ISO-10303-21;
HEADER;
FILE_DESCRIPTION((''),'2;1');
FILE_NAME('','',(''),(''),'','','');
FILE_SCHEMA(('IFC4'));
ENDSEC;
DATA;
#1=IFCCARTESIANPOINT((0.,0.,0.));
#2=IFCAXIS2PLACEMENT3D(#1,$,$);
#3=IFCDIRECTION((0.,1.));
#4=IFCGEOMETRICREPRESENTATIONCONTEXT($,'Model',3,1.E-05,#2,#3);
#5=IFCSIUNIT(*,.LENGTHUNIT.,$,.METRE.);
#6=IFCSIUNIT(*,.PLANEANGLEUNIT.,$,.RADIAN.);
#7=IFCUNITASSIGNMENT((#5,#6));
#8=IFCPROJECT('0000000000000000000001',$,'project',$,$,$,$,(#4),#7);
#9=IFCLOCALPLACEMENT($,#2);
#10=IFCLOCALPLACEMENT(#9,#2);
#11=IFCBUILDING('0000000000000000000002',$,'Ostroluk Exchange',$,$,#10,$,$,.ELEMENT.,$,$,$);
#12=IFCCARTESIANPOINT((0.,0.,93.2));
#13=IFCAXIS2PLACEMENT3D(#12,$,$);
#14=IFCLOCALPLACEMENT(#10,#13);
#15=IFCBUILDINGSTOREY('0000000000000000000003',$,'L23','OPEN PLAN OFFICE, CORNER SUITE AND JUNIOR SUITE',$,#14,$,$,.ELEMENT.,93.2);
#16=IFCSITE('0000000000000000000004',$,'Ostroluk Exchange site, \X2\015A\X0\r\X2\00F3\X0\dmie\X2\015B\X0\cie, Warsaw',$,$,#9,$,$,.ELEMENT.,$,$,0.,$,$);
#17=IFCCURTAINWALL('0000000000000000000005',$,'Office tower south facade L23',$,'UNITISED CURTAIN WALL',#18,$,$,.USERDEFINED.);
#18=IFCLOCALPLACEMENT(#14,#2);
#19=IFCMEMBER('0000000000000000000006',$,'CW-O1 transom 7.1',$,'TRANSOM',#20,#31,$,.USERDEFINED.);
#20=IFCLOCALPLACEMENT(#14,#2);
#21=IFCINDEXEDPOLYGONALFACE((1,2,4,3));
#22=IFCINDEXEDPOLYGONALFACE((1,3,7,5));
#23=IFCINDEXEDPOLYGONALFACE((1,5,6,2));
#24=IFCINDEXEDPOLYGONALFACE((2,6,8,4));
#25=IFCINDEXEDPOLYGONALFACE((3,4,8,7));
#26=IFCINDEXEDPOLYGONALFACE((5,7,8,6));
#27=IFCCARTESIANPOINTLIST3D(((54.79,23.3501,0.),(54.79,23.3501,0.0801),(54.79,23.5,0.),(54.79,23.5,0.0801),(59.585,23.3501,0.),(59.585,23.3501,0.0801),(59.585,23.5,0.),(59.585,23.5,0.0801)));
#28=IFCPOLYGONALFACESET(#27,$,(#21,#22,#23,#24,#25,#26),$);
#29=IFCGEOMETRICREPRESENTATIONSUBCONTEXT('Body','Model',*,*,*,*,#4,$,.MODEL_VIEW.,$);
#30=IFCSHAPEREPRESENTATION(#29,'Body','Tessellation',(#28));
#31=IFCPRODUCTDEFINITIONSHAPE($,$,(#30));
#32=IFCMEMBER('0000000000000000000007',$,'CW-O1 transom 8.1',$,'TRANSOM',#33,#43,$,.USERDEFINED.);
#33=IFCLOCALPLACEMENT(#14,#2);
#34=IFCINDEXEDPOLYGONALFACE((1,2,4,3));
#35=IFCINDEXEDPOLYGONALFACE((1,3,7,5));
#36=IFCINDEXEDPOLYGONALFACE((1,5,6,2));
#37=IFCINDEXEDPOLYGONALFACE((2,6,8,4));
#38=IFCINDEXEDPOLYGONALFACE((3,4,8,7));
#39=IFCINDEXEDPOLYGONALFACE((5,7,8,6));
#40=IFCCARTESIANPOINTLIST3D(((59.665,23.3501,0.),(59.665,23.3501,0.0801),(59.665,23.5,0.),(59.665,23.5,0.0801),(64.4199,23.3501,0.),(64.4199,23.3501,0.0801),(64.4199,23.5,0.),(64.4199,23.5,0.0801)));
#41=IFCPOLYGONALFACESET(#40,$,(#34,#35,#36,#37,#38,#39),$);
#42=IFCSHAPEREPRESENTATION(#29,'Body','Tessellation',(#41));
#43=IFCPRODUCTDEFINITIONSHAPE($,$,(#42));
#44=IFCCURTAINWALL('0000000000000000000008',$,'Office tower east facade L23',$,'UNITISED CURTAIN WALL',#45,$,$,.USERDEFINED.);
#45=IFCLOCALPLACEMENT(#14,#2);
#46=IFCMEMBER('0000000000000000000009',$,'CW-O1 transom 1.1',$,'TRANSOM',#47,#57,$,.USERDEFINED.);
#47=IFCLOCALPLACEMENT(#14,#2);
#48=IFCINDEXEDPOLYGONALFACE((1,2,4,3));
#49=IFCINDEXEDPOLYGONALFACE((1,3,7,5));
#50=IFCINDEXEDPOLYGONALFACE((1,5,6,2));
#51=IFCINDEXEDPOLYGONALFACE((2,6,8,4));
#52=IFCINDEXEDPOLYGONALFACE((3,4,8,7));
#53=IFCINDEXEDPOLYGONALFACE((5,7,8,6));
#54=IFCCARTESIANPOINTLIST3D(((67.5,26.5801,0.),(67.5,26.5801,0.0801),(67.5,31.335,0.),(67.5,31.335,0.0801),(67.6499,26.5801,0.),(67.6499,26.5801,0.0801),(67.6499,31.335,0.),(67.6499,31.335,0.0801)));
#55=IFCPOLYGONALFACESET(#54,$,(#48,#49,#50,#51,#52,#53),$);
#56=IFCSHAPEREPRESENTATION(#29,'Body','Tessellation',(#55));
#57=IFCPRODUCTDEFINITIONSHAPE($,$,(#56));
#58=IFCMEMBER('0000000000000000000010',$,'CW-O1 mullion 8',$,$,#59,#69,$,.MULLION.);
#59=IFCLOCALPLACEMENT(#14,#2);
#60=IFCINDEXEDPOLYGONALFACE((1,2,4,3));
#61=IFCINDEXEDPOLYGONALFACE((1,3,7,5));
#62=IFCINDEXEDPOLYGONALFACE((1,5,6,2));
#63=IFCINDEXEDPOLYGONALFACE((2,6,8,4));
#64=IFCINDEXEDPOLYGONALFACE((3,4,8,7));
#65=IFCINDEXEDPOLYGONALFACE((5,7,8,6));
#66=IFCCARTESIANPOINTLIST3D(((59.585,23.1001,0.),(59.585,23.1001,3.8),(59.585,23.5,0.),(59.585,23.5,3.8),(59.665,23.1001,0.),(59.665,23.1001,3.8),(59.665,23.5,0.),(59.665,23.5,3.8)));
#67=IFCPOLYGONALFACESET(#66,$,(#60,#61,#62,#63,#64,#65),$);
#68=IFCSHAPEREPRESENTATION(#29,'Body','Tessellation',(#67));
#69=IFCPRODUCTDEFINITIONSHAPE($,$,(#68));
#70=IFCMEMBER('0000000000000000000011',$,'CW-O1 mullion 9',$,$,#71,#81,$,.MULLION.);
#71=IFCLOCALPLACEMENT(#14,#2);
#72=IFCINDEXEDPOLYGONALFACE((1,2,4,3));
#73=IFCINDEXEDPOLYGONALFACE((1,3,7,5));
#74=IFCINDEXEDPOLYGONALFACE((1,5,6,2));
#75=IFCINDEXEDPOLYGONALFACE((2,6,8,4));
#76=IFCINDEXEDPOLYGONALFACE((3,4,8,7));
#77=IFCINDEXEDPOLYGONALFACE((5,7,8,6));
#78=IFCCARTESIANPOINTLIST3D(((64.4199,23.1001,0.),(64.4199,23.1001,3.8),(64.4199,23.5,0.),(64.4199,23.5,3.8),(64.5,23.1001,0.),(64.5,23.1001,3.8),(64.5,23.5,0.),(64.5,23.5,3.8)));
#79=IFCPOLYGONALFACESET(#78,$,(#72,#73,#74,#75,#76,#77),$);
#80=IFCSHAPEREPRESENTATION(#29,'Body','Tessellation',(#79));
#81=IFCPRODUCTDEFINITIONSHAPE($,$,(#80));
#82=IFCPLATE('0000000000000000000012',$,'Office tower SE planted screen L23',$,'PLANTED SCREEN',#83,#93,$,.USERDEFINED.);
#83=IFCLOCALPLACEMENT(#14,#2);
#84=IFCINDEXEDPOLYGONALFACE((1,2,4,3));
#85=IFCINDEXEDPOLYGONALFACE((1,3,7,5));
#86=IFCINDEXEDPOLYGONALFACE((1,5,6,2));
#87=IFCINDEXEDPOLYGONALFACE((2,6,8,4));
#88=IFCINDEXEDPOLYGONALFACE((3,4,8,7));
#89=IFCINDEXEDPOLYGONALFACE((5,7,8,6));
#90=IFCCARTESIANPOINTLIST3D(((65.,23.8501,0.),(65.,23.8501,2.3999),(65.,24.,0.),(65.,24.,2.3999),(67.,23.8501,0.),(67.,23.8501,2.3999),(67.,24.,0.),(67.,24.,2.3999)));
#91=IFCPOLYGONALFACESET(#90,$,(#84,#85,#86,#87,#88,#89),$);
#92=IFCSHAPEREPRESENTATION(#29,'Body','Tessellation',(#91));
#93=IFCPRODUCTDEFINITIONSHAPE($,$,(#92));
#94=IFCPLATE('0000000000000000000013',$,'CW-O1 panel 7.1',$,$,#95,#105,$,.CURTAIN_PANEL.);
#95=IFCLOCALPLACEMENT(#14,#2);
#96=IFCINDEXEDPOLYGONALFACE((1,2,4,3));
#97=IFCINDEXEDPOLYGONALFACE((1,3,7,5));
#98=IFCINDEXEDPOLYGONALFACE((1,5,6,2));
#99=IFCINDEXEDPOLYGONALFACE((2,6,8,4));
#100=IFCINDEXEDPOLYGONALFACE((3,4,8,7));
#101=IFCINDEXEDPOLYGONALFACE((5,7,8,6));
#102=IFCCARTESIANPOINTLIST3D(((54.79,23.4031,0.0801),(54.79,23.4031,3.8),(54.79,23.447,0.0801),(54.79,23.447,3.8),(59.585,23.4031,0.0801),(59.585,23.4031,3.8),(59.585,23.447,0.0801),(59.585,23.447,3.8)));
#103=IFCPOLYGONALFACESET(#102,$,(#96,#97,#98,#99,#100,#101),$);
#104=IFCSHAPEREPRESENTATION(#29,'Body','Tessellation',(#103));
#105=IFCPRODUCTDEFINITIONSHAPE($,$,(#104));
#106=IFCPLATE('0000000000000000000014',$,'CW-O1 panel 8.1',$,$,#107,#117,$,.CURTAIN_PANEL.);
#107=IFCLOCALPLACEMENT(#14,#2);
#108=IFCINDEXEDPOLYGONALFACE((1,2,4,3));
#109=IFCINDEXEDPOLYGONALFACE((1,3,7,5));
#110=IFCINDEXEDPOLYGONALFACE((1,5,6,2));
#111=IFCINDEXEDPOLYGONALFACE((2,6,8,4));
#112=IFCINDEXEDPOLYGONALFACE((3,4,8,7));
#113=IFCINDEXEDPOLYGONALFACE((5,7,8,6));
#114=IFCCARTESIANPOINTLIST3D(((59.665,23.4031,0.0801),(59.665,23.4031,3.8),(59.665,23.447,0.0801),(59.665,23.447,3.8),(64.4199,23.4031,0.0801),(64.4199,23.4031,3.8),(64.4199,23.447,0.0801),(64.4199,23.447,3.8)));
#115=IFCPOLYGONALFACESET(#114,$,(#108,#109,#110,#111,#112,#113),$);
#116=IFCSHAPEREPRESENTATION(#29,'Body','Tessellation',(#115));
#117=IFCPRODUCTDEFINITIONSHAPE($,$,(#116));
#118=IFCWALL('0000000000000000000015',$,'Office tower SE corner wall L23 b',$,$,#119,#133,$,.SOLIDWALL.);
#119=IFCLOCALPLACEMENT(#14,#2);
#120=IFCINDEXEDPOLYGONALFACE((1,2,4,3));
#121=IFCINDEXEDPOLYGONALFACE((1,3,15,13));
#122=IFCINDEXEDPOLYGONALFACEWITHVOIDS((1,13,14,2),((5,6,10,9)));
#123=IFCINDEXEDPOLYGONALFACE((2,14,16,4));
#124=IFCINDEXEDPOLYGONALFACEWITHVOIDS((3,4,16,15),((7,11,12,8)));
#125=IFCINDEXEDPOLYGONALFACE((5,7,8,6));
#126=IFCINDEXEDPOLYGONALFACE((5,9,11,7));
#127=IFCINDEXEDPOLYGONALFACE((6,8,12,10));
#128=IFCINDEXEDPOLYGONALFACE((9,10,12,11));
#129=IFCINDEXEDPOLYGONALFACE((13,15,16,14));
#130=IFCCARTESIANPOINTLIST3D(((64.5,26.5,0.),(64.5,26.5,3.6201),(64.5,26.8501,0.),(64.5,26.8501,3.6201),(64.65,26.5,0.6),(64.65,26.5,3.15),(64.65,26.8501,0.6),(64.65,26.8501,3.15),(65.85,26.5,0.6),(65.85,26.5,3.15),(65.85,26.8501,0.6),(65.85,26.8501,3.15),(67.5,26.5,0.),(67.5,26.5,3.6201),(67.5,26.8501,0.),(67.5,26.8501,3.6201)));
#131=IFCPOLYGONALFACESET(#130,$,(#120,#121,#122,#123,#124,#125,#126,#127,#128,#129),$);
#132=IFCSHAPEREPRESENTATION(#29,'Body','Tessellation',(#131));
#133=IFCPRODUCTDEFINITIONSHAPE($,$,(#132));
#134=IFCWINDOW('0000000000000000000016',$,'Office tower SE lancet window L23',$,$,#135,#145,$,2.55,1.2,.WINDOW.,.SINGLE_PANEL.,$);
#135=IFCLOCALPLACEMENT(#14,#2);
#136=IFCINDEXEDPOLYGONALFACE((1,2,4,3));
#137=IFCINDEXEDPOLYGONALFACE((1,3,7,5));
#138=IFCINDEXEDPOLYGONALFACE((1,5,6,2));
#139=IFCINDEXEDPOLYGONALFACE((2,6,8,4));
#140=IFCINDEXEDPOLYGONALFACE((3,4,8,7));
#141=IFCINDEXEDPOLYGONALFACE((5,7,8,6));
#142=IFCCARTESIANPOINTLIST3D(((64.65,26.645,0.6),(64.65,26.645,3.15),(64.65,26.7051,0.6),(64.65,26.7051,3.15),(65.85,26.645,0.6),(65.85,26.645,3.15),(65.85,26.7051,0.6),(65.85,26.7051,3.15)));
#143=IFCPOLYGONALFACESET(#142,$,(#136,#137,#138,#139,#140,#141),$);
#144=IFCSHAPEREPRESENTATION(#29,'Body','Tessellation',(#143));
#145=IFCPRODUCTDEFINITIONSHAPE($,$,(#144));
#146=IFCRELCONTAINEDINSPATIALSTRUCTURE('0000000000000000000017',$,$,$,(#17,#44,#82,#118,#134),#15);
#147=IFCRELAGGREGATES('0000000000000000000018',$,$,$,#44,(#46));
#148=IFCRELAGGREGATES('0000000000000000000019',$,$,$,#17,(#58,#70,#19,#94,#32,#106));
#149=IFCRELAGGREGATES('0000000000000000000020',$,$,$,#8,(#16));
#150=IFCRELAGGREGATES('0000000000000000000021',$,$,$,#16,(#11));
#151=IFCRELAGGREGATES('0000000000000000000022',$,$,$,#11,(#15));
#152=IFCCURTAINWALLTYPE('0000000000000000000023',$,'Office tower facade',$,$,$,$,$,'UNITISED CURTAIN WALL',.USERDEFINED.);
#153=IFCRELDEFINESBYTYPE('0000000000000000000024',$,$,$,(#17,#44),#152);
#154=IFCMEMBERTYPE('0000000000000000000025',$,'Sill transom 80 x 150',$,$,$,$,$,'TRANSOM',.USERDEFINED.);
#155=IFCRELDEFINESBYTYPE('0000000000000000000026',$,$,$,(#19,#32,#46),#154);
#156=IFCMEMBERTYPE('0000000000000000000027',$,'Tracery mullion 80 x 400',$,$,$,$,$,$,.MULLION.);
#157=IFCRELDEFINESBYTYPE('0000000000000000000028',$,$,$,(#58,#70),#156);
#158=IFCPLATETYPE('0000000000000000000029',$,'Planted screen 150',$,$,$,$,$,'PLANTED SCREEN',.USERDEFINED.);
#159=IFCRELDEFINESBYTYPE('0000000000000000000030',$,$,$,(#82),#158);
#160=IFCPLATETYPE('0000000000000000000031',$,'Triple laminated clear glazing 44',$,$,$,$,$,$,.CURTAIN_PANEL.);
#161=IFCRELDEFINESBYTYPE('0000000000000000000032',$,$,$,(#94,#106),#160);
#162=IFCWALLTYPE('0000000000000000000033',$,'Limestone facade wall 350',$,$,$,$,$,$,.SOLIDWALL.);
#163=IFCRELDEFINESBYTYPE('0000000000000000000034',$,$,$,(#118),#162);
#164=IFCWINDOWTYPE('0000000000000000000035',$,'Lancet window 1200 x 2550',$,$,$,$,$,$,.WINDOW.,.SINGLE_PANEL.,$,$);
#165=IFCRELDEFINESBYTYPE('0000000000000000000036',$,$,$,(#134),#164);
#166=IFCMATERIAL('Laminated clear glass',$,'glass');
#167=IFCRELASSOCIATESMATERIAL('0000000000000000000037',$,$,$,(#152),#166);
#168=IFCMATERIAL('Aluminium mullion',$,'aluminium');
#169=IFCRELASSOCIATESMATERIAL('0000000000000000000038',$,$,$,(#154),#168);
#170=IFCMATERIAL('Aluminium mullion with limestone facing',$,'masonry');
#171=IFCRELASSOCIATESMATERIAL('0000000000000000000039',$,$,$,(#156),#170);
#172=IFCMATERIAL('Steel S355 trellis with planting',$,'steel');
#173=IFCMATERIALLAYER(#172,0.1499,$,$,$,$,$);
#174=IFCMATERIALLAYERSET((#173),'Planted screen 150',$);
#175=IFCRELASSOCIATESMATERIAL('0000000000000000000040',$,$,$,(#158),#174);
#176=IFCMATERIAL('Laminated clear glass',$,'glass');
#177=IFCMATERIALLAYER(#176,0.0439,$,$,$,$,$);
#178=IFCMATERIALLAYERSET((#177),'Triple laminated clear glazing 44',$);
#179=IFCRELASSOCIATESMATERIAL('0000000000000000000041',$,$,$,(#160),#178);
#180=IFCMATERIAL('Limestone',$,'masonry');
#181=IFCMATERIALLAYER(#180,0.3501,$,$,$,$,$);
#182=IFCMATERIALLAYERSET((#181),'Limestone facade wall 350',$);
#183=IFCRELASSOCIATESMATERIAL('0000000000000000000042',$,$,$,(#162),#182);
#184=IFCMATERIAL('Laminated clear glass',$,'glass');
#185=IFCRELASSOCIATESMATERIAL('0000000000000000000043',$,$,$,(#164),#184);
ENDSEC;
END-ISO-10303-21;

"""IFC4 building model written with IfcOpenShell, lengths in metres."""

from ifc_helpers import new_model, si_unit, direction, frame, frame_2d, origin, origin_2d, place, context, subcontext, project, spatial, rectangle, extrude, material, layer, layer_set, material_profile, profile_set, type_object, element, fill, aggregate, save


model = new_model("IFC4")

# Units and contexts
model_context = context("Model", 3, precision=1e-05, world=origin(), true_north=direction((0.0, 1.0)))
body_context = subcontext(model_context, "Body", "Model", "MODEL_VIEW")
ifc_project = project(units=[si_unit("LENGTHUNIT", "METRE"), si_unit("PLANEANGLEUNIT", "RADIAN")], contexts=[model_context])

# Site, building, storey
site_placement = place(None, origin())
site = spatial("IfcSite", under=ifc_project, at=site_placement, Name="Ostroluk Exchange site, Śródmieście, Warsaw", CompositionType="ELEMENT", RefElevation=0.0)
building_placement = place(site_placement, origin())
building = spatial("IfcBuilding", under=site, at=building_placement, Name="Ostroluk Exchange", CompositionType="ELEMENT")
storey_placement = place(building_placement, frame((0.0, 0.0, 93.2)))
storey = spatial("IfcBuildingStorey", under=building, at=storey_placement, Name="L23", Description="OPEN PLAN OFFICE, CORNER SUITE AND JUNIOR SUITE", CompositionType="ELEMENT", Elevation=93.2)

# Curtain wall, members
ifc_material_1 = material(Name="Laminated clear glass", Category="glass")
curtain_wall_type = type_object("IfcCurtainWallType", Name="Office tower facade", ElementType="UNITISED CURTAIN WALL", PredefinedType="USERDEFINED", material=ifc_material_1)
curtain_wall_1_placement = place(storey_placement, origin())
curtain_wall_1 = element("IfcCurtainWall", 1, at=curtain_wall_1_placement, inside=storey, type_object=curtain_wall_type, Name="Office tower south facade L23", ObjectType="UNITISED CURTAIN WALL", PredefinedType="USERDEFINED")
ifc_material_2 = material(Name="Aluminium mullion", Category="aluminium")
ifc_material_profile_1 = material_profile(ifc_material_2, rectangle(XDim=0.1499, YDim=0.0801, at=origin_2d()), Name="Sill transom 80 x 150")
ifc_profile_set_1 = profile_set([ifc_material_profile_1], Name="Aluminium mullion")
member_type_1 = type_object("IfcMemberType", Name="Sill transom 80 x 150", ElementType="TRANSOM", PredefinedType="USERDEFINED", material=ifc_profile_set_1)
member_1_placement = place(storey_placement, frame((54.79, 23.425, 0.04), z_axis=(1.0, 0.0, 0.0), x_axis=(0.0, 1.0, 0.0)))
member_1 = element("IfcMember", 2, at=member_1_placement, type_object=member_type_1, Name="CW-O1 transom 7.1", ObjectType="TRANSOM", PredefinedType="USERDEFINED", context=body_context, shape_type="SweptSolid", body=[
    extrude(rectangle(XDim=0.1499, YDim=0.0801, at=origin_2d()), origin(), (0.0, 0.0, 1.0), 4.7949),
])
member_2_placement = place(storey_placement, frame((59.665, 23.425, 0.04), z_axis=(1.0, 0.0, 0.0), x_axis=(0.0, 1.0, 0.0)))
member_2 = element("IfcMember", 3, at=member_2_placement, type_object=member_type_1, Name="CW-O1 transom 8.1", ObjectType="TRANSOM", PredefinedType="USERDEFINED", context=body_context, shape_type="SweptSolid", body=[
    extrude(rectangle(XDim=0.1499, YDim=0.0801, at=origin_2d()), origin(), (0.0, 0.0, 1.0), 4.7549),
])

# Curtain wall, member
curtain_wall_2_placement = place(storey_placement, origin())
curtain_wall_2 = element("IfcCurtainWall", 4, at=curtain_wall_2_placement, inside=storey, type_object=curtain_wall_type, Name="Office tower east facade L23", ObjectType="UNITISED CURTAIN WALL", PredefinedType="USERDEFINED")
member_3_placement = place(storey_placement, frame((67.575, 26.5801, 0.04), z_axis=(0.0, 1.0, 0.0), x_axis=(-1.0, 0.0, 0.0)))
member_3 = element("IfcMember", 5, at=member_3_placement, type_object=member_type_1, Name="CW-O1 transom 1.1", ObjectType="TRANSOM", PredefinedType="USERDEFINED", context=body_context, shape_type="SweptSolid", body=[
    extrude(rectangle(XDim=0.1499, YDim=0.0801, at=origin_2d()), origin(), (0.0, 0.0, 1.0), 4.7549),
])
aggregate(curtain_wall_2, [member_3])

# Members
ifc_material_3 = material(Name="Aluminium mullion with limestone facing", Category="masonry")
ifc_material_profile_2 = material_profile(ifc_material_3, rectangle(XDim=0.3999, YDim=0.0801, at=origin_2d()), Name="Tracery mullion 80 x 400")
ifc_profile_set_2 = profile_set([ifc_material_profile_2], Name="Aluminium mullion with limestone facing")
member_type_2 = type_object("IfcMemberType", Name="Tracery mullion 80 x 400", PredefinedType="MULLION", material=ifc_profile_set_2)
member_4_placement = place(storey_placement, frame((59.625, 23.3, 0.0), z_axis=(0.0, 0.0, 1.0), x_axis=(0.0, 1.0, 0.0)))
member_4 = element("IfcMember", 6, at=member_4_placement, type_object=member_type_2, Name="CW-O1 mullion 8", PredefinedType="MULLION", context=body_context, shape_type="SweptSolid", body=[
    extrude(rectangle(XDim=0.3999, YDim=0.0801, at=origin_2d()), origin(), (0.0, 0.0, 1.0), 3.8),
])
member_5_placement = place(storey_placement, frame((64.46, 23.3, 0.0), z_axis=(0.0, 0.0, 1.0), x_axis=(0.0, 1.0, 0.0)))
member_5 = element("IfcMember", 7, at=member_5_placement, type_object=member_type_2, Name="CW-O1 mullion 9", PredefinedType="MULLION", context=body_context, shape_type="SweptSolid", body=[
    extrude(rectangle(XDim=0.3999, YDim=0.0801, at=origin_2d()), origin(), (0.0, 0.0, 1.0), 3.8),
])

# Plates
ifc_material_4 = material(Name="Steel S355 trellis with planting", Category="steel")
ifc_layer_1 = layer(ifc_material_4, 0.1499)
ifc_layer_set_1 = layer_set([ifc_layer_1], Name="Planted screen 150")
plate_type_1 = type_object("IfcPlateType", Name="Planted screen 150", ElementType="PLANTED SCREEN", PredefinedType="USERDEFINED", material=ifc_layer_set_1)
plate_1_placement = place(storey_placement, frame((66.0, 23.925, 0.0), z_axis=(0.0, 0.0, 1.0), x_axis=(1.0, 0.0, 0.0)))
element("IfcPlate", 8, at=plate_1_placement, inside=storey, type_object=plate_type_1, Name="Office tower SE planted screen L23", ObjectType="PLANTED SCREEN", PredefinedType="USERDEFINED", context=body_context, shape_type="SweptSolid", body=[
    extrude(rectangle(XDim=2.0, YDim=0.1499, at=origin_2d()), origin(), (0.0, 0.0, 1.0), 2.3999),
])
ifc_material_5 = material(Name="Laminated clear glass", Category="glass")
ifc_layer_2 = layer(ifc_material_5, 0.0439)
ifc_layer_set_2 = layer_set([ifc_layer_2], Name="Triple laminated clear glazing 44")
plate_type_2 = type_object("IfcPlateType", Name="Triple laminated clear glazing 44", PredefinedType="CURTAIN_PANEL", material=ifc_layer_set_2)
plate_2_placement = place(storey_placement, frame((57.1875, 23.425, 0.0801), z_axis=(0.0, 0.0, 1.0), x_axis=(1.0, 0.0, 0.0)))
plate_2 = element("IfcPlate", 9, at=plate_2_placement, type_object=plate_type_2, Name="CW-O1 panel 7.1", PredefinedType="CURTAIN_PANEL", context=body_context, shape_type="SweptSolid", body=[
    extrude(rectangle(XDim=4.7949, YDim=0.0439, at=origin_2d()), origin(), (0.0, 0.0, 1.0), 3.72),
])
plate_3_placement = place(storey_placement, frame((62.0425, 23.425, 0.0801), z_axis=(0.0, 0.0, 1.0), x_axis=(1.0, 0.0, 0.0)))
plate_3 = element("IfcPlate", 10, at=plate_3_placement, type_object=plate_type_2, Name="CW-O1 panel 8.1", PredefinedType="CURTAIN_PANEL", context=body_context, shape_type="SweptSolid", body=[
    extrude(rectangle(XDim=4.7549, YDim=0.0439, at=origin_2d()), origin(), (0.0, 0.0, 1.0), 3.72),
])
aggregate(curtain_wall_1, [member_4, member_5, member_1, plate_2, member_2, plate_3])

# Shared definitions
ifc_material_6 = material(Name="Limestone", Category="masonry")
ifc_layer_3 = layer(ifc_material_6, 0.3501)
ifc_layer_set_3 = layer_set([ifc_layer_3], Name="Limestone facade wall 350")
wall_type = type_object("IfcWallType", Name="Limestone facade wall 350", PredefinedType="SOLIDWALL", material=ifc_layer_set_3)

# Wall, opening, window
wall_1_placement = place(storey_placement, frame((64.5, 26.675, 0.0), z_axis=(0.0, 0.0, 1.0), x_axis=(1.0, 0.0, 0.0)))
wall_1 = element("IfcWall", 11, at=wall_1_placement, inside=storey, type_object=wall_type, Name="Office tower SE corner wall L23 b", PredefinedType="SOLIDWALL", context=body_context, shape_type="SweptSolid", body=[
    extrude(rectangle(XDim=3.0, YDim=0.3501, at=frame_2d((1.5, 0.0))), origin(), (0.0, 0.0, 1.0), 3.6201),
])
opening_1_placement = place(wall_1_placement, frame((0.1499, 0.0, 0.6001)))
opening_1 = element("IfcOpeningElement", 12, at=opening_1_placement, cuts=wall_1, PredefinedType="OPENING", context=body_context, shape_type="SweptSolid", body=[
    extrude(rectangle(XDim=1.2, YDim=2.55, at=frame_2d((0.6001, 1.2749))), frame((0.0, 0.1851, 0.0), z_axis=(0.0, -1.0, 0.0), x_axis=(1.0, 0.0, 0.0)), (0.0, 0.0, 1.0), 0.3701),
])
ifc_material_7 = material(Name="Laminated clear glass", Category="glass")
window_type = type_object("IfcWindowType", Name="Lancet window 1200 x 2550", PartitioningType="SINGLE_PANEL", PredefinedType="WINDOW", material=ifc_material_7)
window_placement = place(opening_1_placement, origin())
window = element("IfcWindow", 13, at=window_placement, inside=storey, type_object=window_type, Name="Office tower SE lancet window L23", OverallHeight=2.55, OverallWidth=1.2, PartitioningType="SINGLE_PANEL", PredefinedType="WINDOW", context=body_context, shape_type="SweptSolid", body=[
    extrude(rectangle(XDim=1.2, YDim=2.55, at=frame_2d((0.6001, 1.2749))), frame((0.0, 0.03, 0.0), z_axis=(0.0, -1.0, 0.0), x_axis=(1.0, 0.0, 0.0)), (0.0, 0.0, 1.0), 0.0601),
])
fill(opening_1, window)

save(model, "model.ifc")
